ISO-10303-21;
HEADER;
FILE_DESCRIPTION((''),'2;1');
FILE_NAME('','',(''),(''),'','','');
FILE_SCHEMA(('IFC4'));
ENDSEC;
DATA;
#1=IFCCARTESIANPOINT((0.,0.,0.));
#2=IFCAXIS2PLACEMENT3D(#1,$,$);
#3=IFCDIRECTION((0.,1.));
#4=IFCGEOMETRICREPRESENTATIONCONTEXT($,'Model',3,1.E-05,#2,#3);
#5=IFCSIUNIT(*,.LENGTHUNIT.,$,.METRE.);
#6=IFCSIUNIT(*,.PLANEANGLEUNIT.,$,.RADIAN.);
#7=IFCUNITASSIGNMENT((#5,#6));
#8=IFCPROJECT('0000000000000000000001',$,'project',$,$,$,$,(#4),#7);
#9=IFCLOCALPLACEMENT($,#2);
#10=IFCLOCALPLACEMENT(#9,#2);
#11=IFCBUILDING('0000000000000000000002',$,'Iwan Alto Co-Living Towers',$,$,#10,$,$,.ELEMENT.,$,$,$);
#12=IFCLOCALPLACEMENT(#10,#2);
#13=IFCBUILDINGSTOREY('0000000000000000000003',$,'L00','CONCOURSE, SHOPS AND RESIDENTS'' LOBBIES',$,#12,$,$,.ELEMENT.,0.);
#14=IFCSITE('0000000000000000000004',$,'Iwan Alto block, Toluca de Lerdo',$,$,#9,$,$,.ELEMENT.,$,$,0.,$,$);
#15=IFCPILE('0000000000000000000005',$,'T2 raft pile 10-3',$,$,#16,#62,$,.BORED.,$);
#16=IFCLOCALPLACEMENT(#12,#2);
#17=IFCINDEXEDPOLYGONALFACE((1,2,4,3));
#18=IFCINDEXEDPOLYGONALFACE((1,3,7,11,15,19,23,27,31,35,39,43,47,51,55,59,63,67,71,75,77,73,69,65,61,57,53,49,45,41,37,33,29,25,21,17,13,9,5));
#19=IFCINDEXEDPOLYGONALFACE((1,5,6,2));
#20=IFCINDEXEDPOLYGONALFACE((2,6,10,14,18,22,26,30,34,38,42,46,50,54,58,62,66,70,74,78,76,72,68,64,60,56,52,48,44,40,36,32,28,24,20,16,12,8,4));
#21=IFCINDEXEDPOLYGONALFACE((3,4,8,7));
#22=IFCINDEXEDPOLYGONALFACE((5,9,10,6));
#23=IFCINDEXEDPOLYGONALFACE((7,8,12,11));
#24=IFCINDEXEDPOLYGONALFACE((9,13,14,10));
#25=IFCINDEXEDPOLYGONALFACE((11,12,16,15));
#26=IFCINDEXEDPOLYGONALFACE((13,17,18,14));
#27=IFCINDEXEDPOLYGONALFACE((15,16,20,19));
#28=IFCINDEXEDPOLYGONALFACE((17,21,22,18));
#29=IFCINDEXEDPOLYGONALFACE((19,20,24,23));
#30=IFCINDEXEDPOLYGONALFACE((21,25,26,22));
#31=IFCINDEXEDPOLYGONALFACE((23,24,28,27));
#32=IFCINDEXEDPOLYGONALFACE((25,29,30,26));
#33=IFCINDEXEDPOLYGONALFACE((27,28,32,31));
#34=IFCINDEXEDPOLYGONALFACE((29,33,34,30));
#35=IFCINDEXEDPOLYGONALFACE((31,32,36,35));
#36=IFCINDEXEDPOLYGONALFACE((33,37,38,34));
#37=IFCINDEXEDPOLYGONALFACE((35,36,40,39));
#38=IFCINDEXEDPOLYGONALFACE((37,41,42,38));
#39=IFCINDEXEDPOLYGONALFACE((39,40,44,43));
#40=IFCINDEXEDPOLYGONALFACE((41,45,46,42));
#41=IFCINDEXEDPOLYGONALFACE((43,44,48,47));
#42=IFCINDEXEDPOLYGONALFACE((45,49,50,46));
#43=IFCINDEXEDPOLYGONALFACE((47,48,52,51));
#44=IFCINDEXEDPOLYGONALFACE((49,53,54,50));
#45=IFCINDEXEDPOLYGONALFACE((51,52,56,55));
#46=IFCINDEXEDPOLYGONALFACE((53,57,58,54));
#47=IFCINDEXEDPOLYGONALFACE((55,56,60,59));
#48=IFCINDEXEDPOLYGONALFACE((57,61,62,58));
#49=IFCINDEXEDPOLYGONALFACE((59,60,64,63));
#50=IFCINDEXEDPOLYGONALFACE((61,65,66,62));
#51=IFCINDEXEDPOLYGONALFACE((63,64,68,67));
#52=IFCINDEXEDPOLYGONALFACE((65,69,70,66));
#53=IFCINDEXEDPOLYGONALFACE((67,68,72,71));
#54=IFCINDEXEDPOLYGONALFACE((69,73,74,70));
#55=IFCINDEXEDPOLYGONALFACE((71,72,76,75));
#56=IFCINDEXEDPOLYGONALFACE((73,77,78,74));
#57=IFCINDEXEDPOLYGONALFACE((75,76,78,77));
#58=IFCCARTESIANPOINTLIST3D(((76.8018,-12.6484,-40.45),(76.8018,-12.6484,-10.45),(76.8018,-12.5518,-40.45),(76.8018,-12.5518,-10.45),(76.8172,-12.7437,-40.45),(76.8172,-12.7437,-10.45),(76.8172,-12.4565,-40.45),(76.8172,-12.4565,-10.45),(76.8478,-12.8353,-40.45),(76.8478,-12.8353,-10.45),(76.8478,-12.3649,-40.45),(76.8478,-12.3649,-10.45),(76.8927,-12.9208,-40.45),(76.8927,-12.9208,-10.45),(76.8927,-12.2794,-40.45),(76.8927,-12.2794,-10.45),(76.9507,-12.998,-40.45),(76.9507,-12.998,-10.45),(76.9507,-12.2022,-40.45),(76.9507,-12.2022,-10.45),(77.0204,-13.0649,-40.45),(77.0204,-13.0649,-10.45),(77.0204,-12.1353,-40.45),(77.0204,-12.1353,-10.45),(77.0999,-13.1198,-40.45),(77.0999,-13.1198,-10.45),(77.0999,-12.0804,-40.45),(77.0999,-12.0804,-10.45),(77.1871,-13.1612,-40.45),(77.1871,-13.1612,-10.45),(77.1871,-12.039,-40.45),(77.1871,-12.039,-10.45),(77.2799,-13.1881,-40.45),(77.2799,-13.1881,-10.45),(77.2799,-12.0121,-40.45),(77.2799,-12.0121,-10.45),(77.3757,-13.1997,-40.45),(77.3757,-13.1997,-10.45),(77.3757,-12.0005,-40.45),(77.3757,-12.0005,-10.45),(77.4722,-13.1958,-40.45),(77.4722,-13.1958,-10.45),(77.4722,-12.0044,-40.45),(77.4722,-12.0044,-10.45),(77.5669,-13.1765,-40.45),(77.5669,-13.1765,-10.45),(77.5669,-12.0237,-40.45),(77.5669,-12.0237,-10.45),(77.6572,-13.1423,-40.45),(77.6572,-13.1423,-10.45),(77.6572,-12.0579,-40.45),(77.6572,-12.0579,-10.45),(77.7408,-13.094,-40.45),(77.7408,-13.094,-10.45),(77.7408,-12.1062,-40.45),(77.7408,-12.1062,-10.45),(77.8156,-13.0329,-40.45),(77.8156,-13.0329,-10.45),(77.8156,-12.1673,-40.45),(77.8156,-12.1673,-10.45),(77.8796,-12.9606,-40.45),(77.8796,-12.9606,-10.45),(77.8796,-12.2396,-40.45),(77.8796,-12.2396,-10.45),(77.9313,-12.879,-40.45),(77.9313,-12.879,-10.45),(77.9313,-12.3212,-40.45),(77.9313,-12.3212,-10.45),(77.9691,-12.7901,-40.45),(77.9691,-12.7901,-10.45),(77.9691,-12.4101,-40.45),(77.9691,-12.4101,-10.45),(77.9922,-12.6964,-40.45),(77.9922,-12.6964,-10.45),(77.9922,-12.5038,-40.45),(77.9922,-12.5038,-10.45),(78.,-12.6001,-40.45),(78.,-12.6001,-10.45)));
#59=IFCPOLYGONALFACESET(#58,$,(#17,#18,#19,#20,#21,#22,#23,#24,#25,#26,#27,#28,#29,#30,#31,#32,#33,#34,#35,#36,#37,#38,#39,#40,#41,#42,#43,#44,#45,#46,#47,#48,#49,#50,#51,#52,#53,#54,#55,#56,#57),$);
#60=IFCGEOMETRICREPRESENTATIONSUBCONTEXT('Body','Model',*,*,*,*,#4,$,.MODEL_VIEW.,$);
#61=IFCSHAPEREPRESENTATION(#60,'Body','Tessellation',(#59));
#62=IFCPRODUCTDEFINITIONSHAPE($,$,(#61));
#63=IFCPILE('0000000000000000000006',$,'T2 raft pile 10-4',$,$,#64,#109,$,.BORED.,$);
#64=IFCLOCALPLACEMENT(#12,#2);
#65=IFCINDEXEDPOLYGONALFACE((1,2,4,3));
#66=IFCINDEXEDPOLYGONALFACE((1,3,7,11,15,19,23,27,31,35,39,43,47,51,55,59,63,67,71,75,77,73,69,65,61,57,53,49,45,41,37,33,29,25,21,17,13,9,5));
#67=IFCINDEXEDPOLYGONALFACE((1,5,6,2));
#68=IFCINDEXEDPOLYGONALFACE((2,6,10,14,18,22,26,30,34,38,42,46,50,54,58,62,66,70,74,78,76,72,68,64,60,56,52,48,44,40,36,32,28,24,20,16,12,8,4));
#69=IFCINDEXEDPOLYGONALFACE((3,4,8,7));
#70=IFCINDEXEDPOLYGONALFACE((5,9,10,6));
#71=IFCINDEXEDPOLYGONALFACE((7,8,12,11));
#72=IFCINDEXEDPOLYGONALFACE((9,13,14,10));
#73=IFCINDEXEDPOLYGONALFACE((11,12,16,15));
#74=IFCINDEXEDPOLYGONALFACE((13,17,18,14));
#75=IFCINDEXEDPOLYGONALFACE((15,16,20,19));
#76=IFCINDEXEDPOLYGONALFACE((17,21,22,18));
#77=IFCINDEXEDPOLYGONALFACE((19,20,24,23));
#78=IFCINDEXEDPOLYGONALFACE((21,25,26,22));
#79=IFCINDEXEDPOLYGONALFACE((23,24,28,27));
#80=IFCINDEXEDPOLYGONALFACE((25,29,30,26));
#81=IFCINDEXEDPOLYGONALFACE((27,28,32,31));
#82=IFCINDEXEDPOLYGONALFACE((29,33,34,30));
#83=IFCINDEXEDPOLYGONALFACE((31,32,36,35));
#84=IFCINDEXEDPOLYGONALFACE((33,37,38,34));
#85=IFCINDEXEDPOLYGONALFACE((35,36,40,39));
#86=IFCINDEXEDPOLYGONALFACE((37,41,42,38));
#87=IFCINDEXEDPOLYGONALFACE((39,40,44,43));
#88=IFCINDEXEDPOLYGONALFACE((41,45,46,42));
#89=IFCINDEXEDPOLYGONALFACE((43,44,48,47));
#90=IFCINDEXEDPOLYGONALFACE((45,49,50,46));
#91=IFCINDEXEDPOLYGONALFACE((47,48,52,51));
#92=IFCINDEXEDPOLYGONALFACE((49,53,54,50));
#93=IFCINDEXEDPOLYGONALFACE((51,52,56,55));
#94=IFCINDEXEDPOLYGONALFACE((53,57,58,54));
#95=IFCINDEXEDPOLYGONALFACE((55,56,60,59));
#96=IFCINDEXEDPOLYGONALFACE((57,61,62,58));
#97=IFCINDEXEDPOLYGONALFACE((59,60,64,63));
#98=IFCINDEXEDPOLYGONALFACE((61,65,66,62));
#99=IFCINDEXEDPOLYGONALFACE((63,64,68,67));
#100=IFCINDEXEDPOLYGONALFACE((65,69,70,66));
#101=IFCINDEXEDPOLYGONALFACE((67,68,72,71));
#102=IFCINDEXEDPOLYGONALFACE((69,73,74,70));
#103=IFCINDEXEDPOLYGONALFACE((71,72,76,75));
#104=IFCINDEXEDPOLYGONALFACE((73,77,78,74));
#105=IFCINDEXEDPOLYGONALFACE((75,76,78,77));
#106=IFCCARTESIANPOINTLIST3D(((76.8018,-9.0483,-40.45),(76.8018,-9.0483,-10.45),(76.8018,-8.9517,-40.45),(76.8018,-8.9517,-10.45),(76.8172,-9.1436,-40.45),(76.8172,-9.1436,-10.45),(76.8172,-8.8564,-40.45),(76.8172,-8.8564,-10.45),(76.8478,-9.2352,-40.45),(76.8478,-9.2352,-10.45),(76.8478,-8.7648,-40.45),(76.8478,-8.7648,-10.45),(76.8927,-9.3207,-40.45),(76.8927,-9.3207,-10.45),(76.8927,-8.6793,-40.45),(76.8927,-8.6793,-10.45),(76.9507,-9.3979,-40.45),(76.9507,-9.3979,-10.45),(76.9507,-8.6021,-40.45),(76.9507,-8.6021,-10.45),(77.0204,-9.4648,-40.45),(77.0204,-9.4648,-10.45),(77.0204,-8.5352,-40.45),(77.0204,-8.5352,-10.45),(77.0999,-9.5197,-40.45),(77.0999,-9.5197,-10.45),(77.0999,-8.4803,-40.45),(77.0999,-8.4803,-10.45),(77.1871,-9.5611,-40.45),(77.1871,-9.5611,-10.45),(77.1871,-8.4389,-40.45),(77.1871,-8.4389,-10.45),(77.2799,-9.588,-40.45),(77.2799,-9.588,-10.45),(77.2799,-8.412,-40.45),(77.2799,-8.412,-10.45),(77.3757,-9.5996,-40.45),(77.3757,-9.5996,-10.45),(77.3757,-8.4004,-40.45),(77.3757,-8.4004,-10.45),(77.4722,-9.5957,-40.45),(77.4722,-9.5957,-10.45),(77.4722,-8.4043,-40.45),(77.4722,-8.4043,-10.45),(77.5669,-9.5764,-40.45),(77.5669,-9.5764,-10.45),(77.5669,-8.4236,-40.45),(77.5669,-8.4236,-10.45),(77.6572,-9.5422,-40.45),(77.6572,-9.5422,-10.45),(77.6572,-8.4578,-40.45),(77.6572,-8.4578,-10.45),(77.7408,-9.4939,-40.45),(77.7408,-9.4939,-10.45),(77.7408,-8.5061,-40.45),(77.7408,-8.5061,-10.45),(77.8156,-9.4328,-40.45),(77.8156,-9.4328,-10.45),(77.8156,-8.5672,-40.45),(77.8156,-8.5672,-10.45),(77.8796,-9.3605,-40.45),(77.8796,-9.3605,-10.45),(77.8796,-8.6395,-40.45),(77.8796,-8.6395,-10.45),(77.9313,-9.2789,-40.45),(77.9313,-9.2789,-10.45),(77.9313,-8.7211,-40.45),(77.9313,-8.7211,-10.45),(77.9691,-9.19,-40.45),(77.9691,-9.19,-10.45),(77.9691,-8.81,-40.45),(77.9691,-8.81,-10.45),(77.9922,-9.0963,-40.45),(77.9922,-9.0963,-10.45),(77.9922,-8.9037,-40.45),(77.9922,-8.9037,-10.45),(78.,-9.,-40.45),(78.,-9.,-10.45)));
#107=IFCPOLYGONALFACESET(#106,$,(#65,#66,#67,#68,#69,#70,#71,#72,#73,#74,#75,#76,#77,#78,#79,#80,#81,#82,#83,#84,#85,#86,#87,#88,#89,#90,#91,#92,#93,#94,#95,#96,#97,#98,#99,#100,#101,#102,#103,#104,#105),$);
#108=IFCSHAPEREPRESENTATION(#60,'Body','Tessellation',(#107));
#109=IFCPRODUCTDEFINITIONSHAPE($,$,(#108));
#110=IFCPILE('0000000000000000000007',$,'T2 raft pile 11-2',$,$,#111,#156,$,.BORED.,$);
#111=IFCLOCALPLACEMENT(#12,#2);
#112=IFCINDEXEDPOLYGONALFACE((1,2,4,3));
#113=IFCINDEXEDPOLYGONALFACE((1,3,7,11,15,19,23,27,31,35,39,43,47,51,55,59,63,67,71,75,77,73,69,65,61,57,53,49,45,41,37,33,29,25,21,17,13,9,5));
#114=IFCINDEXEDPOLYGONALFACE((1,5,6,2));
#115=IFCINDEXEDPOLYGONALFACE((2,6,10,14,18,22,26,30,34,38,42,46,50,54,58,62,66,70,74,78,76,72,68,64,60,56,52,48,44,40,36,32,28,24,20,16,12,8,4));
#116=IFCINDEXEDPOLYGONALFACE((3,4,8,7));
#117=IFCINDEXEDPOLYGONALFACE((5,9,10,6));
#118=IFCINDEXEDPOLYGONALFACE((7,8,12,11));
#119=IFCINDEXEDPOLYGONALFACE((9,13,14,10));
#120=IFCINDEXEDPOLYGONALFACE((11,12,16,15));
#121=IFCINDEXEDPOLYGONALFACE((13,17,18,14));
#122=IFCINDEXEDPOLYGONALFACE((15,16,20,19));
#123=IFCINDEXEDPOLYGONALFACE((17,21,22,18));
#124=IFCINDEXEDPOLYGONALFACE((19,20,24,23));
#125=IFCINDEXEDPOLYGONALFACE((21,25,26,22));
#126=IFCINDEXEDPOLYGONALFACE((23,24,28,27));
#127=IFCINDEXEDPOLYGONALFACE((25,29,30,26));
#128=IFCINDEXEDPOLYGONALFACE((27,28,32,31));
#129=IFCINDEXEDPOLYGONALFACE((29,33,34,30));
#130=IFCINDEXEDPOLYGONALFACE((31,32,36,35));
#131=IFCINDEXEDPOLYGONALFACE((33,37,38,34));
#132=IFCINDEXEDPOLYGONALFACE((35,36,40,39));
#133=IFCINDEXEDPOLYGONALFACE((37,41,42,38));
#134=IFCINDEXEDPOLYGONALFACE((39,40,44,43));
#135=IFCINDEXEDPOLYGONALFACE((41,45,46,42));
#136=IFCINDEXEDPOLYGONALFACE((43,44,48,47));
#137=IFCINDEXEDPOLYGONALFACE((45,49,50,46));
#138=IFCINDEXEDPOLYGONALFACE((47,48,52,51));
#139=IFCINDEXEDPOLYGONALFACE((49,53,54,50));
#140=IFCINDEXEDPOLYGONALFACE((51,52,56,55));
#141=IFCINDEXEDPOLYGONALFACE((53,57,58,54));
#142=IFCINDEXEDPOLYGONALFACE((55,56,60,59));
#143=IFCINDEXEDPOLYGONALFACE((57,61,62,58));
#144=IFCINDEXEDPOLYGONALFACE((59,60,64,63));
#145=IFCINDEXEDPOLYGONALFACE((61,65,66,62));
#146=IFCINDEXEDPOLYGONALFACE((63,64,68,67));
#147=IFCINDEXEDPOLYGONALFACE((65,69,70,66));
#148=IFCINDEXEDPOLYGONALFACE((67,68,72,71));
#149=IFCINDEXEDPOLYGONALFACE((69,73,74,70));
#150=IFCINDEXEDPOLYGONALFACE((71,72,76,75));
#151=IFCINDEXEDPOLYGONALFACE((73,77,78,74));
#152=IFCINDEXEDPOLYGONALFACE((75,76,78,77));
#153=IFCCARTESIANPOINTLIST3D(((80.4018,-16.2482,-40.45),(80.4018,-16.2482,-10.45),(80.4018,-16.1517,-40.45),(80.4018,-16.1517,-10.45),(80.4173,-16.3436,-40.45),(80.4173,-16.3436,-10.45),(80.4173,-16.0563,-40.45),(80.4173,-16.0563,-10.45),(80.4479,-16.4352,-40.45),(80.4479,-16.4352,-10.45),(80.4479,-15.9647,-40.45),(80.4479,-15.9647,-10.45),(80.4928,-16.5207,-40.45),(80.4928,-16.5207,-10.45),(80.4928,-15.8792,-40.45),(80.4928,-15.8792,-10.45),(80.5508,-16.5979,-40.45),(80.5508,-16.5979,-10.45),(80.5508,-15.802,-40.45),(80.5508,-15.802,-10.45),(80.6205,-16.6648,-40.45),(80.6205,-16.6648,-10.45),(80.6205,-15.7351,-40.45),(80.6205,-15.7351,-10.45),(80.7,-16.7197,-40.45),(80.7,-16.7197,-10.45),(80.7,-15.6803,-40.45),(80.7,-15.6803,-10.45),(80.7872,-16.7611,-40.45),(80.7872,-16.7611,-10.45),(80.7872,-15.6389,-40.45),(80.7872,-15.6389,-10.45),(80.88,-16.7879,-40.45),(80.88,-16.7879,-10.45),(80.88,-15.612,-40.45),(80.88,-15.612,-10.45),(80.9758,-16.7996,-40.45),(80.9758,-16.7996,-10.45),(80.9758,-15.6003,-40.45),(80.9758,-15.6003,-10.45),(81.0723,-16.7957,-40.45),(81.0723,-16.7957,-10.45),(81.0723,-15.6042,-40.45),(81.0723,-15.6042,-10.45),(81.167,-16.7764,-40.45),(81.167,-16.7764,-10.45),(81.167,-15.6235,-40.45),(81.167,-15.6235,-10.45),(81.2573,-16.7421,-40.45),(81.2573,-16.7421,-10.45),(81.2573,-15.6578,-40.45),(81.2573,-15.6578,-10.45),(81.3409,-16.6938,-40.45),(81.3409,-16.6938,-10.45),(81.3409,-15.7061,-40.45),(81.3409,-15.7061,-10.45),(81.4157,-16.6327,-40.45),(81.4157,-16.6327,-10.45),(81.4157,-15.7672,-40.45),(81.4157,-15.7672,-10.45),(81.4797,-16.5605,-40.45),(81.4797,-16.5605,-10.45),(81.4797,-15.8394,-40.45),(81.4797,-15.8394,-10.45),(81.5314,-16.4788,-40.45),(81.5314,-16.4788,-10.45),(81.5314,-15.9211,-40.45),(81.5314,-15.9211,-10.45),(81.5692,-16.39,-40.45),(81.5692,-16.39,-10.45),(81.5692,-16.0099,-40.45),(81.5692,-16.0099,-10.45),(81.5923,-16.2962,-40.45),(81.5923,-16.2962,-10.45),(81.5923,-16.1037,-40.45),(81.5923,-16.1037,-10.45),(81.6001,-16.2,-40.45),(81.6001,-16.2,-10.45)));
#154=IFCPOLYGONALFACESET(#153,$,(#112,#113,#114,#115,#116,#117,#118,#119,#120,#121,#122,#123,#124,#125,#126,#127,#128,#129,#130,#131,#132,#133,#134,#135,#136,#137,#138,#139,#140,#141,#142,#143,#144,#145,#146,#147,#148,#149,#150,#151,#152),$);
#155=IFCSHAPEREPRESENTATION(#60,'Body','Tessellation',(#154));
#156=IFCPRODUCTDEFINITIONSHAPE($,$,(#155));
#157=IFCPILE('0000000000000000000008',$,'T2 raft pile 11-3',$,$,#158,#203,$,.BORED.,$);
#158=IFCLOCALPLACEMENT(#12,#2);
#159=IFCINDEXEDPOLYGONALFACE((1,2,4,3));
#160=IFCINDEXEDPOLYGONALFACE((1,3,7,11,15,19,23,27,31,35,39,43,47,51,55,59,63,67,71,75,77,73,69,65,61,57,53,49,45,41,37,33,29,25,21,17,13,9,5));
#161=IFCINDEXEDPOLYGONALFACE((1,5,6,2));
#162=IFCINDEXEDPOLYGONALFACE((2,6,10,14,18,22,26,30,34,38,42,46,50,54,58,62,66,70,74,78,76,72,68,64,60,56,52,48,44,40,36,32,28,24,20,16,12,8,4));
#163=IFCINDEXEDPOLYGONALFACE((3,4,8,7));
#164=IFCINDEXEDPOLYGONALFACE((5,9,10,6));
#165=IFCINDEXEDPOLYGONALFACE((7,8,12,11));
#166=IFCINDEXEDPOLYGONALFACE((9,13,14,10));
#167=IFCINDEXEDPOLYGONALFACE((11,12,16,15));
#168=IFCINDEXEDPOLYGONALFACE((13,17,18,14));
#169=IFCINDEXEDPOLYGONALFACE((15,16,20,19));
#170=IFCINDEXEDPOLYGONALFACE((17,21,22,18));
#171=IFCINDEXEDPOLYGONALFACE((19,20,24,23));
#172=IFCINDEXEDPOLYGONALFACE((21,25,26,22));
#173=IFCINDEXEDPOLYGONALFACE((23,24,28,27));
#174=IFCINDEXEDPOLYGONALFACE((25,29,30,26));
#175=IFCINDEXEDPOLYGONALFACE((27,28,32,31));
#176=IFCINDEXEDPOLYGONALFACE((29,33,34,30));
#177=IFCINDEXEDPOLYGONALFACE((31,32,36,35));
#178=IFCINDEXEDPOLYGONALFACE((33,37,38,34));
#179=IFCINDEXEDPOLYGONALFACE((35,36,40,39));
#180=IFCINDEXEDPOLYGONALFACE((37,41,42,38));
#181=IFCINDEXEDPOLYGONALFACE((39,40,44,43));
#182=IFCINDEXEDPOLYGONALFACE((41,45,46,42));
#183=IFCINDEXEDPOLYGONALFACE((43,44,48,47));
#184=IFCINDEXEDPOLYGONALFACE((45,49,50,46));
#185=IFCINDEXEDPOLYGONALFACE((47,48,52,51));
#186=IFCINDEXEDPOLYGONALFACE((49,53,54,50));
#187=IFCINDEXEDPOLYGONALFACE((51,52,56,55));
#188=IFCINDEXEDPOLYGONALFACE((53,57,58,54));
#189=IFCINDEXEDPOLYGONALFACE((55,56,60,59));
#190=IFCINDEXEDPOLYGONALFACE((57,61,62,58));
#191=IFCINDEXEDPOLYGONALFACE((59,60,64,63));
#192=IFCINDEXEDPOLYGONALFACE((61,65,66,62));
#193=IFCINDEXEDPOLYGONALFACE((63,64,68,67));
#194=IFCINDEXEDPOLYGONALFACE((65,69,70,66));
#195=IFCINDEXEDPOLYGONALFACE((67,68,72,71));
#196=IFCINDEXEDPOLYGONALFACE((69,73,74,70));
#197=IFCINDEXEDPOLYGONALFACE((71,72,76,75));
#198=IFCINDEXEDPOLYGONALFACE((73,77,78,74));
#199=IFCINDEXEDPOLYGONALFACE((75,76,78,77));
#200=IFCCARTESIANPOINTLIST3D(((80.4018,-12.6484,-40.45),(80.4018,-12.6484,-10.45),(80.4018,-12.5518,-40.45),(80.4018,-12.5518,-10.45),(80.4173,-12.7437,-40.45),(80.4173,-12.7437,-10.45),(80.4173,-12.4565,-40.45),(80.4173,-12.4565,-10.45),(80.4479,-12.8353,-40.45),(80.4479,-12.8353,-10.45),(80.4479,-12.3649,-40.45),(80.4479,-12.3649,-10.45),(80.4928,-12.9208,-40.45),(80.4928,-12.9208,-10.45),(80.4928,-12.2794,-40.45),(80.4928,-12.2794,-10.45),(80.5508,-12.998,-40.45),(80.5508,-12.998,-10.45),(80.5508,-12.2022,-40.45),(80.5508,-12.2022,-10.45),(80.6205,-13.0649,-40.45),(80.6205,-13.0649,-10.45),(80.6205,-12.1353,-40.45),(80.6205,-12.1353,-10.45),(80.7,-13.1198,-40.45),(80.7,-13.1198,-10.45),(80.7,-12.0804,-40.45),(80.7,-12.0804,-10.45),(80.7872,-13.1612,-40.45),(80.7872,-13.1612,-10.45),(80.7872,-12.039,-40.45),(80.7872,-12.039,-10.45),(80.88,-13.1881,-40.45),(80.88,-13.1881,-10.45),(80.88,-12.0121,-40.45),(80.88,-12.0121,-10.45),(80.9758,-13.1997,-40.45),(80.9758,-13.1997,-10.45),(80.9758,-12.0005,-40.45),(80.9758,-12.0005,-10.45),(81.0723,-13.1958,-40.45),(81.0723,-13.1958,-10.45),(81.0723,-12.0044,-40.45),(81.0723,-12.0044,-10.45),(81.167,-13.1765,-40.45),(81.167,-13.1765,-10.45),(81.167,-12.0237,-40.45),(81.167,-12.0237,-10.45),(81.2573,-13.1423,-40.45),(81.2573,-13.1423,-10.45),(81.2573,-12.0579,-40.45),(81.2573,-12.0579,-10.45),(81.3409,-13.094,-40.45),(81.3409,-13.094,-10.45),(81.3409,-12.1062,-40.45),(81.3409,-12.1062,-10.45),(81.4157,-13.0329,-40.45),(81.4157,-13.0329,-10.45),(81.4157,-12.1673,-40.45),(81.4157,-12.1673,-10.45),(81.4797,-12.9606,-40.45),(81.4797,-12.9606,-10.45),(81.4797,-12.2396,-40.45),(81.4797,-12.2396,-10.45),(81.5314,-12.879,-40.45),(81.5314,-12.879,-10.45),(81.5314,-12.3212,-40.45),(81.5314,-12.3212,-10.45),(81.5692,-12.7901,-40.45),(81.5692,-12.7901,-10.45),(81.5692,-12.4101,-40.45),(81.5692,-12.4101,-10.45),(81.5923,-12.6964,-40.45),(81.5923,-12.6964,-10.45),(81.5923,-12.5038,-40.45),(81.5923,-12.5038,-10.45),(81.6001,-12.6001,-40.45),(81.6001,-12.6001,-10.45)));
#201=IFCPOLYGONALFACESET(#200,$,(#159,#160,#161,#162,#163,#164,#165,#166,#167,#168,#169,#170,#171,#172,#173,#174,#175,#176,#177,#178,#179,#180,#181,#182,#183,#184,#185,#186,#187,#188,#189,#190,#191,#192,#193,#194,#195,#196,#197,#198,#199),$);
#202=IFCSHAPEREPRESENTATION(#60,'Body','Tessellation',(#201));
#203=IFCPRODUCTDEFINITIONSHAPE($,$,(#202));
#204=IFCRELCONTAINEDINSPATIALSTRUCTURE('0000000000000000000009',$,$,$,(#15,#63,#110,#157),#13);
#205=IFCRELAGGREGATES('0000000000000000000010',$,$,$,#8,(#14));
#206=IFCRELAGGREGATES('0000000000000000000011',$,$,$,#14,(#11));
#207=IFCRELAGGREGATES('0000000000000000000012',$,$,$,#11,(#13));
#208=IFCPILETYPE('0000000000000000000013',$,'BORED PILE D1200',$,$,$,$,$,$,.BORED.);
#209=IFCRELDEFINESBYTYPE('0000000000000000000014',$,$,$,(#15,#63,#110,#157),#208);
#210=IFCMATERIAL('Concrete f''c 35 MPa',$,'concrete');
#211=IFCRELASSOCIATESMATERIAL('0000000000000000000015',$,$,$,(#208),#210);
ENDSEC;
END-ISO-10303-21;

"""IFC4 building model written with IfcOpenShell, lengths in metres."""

from ifc_helpers import new_model, si_unit, direction, frame, origin, origin_2d, place, context, subcontext, project, spatial, circle, extrude, material, material_profile, profile_set, type_object, element, save


model = new_model("IFC4")

# Units and contexts
model_context = context("Model", 3, precision=1e-05, world=origin(), true_north=direction((0.0, 1.0)))
body_context = subcontext(model_context, "Body", "Model", "MODEL_VIEW")
ifc_project = project(units=[si_unit("LENGTHUNIT", "METRE"), si_unit("PLANEANGLEUNIT", "RADIAN")], contexts=[model_context])

# Site, building, storey
site_placement = place(None, origin())
site = spatial("IfcSite", under=ifc_project, at=site_placement, Name="Iwan Alto block, Toluca de Lerdo", CompositionType="ELEMENT", RefElevation=0.0)
building_placement = place(site_placement, origin())
building = spatial("IfcBuilding", under=site, at=building_placement, Name="Iwan Alto Co-Living Towers", CompositionType="ELEMENT")
storey_placement = place(building_placement, origin())
storey = spatial("IfcBuildingStorey", under=building, at=storey_placement, Name="L00", Description="CONCOURSE, SHOPS AND RESIDENTS' LOBBIES", CompositionType="ELEMENT", Elevation=0.0)

# Piles
ifc_material_1 = material(Name="Concrete f'c 35 MPa", Category="concrete")
ifc_material_profile_1 = material_profile(ifc_material_1, circle(Radius=0.6001, at=origin_2d()), Name="D1200")
ifc_profile_set_1 = profile_set([ifc_material_profile_1], Name="Concrete f'c 35 MPa")
pile_type_1 = type_object("IfcPileType", Name="BORED PILE D1200", PredefinedType="BORED", material=ifc_profile_set_1)
for number, where, z_axis, x_axis, name in (
    (1, (77.3999, -12.6001, -10.45), (0.0, 0.0, -1.0), (1.0, 0.0, 0.0), "T2 raft pile 10-3"),
    (2, (77.3999, -9.0, -10.45), (0.0, 0.0, -1.0), (1.0, 0.0, 0.0), "T2 raft pile 10-4"),
    (3, (81.0, -16.2, -10.45), (0.0, 0.0, -1.0), (1.0, 0.0, 0.0), "T2 raft pile 11-2"),
    (4, (81.0, -12.6001, -10.45), (0.0, 0.0, -1.0), (1.0, 0.0, 0.0), "T2 raft pile 11-3"),
):
    element("IfcPile", number, at=place(storey_placement, frame(where, z_axis=z_axis, x_axis=x_axis)), inside=storey, type_object=pile_type_1, Name=name, PredefinedType="BORED", context=body_context, shape_type="SweptSolid", body=[
        extrude(circle(Radius=0.6001, at=origin_2d()), origin(), (0.0, 0.0, 1.0), 30.0),
    ])

save(model, "model.ifc")
